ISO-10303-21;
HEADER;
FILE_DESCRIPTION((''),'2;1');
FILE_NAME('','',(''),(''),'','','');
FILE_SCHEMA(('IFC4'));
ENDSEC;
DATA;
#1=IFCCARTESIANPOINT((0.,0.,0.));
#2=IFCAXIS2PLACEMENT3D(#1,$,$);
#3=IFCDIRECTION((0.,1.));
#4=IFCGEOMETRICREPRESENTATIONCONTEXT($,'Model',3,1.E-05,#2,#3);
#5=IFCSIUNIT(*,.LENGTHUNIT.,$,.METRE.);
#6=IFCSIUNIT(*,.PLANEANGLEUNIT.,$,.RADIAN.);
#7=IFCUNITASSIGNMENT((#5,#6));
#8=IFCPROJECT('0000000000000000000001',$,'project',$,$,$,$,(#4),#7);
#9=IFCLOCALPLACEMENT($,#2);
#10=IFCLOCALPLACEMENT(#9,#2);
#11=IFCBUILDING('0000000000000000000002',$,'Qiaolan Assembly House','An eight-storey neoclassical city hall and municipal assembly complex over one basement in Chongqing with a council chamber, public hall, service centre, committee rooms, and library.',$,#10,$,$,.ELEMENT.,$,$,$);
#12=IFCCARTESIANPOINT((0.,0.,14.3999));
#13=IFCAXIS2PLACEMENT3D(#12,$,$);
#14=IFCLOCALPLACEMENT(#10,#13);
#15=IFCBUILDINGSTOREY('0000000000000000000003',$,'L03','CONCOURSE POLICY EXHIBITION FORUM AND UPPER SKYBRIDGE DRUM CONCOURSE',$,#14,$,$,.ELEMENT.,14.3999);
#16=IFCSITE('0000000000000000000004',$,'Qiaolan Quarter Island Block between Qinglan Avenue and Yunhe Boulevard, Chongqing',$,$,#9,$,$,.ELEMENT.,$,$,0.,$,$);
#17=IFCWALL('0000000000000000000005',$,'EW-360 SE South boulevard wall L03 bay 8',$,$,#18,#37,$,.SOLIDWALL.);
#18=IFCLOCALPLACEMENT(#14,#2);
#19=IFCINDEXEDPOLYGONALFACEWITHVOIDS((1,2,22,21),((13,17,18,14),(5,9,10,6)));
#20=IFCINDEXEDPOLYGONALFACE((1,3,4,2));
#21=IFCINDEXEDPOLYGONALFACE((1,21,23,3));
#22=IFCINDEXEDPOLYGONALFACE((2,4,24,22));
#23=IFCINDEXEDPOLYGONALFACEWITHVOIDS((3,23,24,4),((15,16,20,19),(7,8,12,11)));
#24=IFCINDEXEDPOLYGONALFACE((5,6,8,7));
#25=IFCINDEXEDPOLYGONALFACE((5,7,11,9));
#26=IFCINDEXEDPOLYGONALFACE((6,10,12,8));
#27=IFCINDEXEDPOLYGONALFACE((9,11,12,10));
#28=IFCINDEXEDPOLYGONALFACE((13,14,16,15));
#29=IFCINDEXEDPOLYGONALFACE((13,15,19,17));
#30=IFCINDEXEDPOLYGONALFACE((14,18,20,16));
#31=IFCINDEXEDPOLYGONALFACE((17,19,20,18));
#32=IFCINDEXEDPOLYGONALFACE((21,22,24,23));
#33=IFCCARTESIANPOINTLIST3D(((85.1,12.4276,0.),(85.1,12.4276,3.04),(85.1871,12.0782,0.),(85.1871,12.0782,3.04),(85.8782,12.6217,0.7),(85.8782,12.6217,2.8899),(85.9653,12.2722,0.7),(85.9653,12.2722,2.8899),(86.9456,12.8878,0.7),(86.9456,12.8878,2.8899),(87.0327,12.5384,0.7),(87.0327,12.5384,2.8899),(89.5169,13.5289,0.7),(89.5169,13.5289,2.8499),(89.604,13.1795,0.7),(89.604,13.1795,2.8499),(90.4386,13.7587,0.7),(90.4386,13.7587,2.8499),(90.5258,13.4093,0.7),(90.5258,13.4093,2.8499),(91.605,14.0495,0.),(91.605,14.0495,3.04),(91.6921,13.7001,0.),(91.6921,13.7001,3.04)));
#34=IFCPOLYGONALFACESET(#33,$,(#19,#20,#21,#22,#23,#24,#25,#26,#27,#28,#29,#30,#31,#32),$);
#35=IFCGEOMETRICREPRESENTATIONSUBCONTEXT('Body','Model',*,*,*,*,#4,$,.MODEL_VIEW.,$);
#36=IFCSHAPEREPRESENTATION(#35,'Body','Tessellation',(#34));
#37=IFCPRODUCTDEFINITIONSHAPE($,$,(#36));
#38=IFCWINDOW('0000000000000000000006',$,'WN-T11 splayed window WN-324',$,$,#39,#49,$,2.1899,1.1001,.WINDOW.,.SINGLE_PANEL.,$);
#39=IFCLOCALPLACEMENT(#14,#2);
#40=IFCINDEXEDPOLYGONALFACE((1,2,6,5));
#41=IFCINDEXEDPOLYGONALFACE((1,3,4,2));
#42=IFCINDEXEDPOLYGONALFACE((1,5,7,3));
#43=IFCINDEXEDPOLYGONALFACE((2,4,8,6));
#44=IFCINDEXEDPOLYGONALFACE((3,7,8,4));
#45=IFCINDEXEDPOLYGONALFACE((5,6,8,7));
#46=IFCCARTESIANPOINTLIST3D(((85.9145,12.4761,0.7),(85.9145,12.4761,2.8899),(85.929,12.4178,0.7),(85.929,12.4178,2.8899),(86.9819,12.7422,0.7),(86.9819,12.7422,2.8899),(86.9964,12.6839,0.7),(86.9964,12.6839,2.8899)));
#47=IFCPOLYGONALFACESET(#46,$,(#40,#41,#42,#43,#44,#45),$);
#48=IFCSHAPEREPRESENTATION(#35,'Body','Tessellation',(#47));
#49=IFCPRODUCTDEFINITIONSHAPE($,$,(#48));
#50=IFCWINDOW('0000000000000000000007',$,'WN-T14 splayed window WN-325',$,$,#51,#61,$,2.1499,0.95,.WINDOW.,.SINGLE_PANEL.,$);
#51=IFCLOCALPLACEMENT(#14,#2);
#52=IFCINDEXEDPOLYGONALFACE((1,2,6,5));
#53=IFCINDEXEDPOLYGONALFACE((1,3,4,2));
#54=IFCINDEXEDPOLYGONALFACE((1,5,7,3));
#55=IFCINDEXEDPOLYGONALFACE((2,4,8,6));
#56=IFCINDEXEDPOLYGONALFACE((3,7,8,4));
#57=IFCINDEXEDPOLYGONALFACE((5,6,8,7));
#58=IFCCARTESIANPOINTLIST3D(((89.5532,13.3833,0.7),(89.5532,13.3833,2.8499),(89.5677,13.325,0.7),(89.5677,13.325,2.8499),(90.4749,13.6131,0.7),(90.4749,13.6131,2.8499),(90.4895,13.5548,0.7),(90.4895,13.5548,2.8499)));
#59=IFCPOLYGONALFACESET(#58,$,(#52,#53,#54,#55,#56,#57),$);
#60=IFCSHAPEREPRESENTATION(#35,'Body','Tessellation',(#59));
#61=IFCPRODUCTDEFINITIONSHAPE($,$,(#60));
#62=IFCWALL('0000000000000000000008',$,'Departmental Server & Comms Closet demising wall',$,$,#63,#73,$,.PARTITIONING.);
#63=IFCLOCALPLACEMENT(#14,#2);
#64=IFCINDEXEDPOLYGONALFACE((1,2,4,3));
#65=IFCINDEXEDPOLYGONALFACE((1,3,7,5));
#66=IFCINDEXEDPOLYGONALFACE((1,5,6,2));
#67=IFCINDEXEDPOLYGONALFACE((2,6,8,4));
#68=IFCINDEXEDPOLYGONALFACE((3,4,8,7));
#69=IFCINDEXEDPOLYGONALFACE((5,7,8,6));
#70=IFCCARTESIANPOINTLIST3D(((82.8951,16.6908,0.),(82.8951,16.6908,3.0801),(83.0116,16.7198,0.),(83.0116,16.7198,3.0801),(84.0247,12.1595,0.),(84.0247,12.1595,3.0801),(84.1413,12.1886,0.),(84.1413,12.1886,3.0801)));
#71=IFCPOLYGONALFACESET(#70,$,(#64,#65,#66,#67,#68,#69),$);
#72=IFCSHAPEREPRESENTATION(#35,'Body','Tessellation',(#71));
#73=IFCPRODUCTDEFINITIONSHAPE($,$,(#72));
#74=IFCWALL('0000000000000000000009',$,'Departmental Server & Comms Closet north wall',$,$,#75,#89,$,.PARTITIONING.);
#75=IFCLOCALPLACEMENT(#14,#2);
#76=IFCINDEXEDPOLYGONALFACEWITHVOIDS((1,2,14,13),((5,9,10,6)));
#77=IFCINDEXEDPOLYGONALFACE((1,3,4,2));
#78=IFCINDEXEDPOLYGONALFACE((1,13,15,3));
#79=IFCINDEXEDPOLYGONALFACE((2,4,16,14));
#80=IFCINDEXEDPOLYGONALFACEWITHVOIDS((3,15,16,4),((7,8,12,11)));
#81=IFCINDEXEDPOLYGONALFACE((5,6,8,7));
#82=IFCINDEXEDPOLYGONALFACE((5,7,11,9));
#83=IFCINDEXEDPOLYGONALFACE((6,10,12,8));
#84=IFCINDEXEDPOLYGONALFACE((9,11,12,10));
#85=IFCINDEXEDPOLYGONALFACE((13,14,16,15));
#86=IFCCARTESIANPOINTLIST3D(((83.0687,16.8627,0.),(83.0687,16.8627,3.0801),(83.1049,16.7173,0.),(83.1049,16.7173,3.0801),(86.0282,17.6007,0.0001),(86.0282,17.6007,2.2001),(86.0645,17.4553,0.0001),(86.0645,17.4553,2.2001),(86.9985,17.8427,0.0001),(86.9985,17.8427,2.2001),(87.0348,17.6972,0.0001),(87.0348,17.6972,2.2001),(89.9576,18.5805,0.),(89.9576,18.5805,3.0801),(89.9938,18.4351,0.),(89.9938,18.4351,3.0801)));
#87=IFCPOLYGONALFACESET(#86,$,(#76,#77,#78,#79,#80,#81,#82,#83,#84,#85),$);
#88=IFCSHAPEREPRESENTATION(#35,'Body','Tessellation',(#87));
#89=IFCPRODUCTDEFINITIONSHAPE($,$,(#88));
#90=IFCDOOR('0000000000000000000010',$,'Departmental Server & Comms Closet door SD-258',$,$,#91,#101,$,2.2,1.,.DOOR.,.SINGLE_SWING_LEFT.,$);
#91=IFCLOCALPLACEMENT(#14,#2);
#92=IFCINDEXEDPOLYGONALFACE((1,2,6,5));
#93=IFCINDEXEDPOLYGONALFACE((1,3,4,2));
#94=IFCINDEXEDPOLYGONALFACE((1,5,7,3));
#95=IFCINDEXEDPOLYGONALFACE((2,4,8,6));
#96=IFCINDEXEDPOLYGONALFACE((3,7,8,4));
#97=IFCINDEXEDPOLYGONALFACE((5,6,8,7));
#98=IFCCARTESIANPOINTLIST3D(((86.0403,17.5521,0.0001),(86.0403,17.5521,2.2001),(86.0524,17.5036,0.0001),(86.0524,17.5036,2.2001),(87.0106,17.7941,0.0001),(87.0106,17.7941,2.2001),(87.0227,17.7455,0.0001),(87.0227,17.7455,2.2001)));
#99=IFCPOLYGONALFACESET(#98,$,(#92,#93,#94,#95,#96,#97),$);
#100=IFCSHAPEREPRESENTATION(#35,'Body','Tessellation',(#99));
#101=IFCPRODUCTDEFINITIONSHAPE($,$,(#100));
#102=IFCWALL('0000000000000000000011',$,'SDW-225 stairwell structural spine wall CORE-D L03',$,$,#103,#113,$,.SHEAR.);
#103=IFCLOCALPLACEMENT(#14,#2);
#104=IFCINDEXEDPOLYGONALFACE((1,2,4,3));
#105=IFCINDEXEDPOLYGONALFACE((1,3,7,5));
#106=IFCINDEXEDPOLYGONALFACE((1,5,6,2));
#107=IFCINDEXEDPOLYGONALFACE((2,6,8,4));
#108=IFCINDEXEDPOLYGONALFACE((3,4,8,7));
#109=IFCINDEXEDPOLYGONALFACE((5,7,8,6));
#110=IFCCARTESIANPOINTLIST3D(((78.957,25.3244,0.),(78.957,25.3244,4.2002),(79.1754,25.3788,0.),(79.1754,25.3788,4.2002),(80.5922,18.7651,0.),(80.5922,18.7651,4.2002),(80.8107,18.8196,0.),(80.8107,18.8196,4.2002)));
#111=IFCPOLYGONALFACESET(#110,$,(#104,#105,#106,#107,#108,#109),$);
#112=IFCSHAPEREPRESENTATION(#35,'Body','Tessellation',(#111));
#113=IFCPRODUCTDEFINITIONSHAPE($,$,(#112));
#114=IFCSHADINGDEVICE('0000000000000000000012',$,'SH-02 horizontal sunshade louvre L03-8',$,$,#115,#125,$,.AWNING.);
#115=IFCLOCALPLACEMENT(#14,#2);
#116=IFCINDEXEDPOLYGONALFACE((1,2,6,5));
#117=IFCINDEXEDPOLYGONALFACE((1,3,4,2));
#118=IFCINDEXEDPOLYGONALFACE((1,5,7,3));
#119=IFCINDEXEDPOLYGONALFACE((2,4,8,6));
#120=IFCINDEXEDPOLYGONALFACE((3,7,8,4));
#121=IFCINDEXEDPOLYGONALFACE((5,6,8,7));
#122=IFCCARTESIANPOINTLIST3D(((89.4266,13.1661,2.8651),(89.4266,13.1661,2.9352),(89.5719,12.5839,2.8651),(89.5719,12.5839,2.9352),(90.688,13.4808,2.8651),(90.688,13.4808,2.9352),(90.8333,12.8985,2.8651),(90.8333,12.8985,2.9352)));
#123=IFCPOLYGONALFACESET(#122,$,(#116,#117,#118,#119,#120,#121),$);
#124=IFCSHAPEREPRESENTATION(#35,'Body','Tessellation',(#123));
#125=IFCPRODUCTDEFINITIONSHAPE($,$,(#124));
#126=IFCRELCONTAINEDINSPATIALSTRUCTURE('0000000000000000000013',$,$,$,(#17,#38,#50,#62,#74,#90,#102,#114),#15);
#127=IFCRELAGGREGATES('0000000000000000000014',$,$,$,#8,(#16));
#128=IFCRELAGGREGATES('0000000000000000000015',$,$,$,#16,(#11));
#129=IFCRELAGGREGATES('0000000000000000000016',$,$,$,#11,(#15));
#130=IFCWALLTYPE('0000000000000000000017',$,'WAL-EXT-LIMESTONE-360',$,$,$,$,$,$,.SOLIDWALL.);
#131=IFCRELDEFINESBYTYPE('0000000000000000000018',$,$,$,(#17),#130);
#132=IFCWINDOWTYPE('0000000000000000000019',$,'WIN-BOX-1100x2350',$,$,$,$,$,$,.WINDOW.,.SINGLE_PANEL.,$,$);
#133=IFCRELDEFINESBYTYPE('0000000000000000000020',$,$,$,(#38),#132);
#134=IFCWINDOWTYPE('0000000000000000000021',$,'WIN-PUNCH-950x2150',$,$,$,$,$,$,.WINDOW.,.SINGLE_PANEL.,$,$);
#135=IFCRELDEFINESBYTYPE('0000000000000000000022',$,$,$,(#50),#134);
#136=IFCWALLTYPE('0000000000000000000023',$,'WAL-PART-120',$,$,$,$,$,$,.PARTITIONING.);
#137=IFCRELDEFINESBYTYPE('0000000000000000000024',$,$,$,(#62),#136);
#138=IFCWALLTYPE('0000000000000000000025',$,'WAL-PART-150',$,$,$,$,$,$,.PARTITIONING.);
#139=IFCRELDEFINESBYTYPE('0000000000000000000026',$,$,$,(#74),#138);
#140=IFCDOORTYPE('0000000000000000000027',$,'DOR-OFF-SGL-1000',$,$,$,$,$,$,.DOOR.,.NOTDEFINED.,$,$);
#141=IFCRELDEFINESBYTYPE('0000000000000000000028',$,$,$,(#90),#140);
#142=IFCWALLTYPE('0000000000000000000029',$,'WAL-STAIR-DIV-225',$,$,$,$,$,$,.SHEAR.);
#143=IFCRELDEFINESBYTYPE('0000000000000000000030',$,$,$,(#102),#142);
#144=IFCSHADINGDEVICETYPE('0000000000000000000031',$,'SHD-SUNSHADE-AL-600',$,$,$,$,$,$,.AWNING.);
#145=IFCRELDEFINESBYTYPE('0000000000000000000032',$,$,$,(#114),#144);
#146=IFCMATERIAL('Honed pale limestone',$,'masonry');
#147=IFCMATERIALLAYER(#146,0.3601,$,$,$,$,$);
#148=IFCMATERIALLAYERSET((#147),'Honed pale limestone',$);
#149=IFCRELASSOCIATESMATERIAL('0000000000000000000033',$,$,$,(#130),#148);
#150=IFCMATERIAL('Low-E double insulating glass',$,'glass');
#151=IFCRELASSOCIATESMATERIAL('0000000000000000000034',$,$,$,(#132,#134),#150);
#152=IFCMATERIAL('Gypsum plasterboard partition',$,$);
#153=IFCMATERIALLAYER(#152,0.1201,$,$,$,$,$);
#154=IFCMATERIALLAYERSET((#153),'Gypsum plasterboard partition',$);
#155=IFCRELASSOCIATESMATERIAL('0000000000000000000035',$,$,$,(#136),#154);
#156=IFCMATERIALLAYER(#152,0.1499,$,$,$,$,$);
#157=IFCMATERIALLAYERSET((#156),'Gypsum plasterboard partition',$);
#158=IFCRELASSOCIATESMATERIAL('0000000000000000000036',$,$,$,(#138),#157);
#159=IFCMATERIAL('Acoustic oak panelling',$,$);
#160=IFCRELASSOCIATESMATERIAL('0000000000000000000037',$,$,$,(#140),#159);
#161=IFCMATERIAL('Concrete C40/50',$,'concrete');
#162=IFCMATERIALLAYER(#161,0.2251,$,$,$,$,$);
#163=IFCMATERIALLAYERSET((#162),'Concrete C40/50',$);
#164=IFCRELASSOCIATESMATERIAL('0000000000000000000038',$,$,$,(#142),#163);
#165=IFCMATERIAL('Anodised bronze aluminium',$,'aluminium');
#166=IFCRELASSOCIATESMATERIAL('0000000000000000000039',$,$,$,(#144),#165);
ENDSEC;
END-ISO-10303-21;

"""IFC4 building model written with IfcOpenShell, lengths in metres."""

from ifc_helpers import new_model, si_unit, direction, frame, frame_2d, origin, origin_2d, place, context, subcontext, project, spatial, rectangle, extrude, material, layer, layer_set, material_profile, profile_set, type_object, element, fill, save


model = new_model("IFC4")

# Units and contexts
model_context = context("Model", 3, precision=1e-05, world=origin(), true_north=direction((0.0, 1.0)))
body_context = subcontext(model_context, "Body", "Model", "MODEL_VIEW")
ifc_project = project(units=[si_unit("LENGTHUNIT", "METRE"), si_unit("PLANEANGLEUNIT", "RADIAN")], contexts=[model_context])

# Site, building, storey
site_placement = place(None, origin())
site = spatial("IfcSite", under=ifc_project, at=site_placement, Name="Qiaolan Quarter Island Block between Qinglan Avenue and Yunhe Boulevard, Chongqing", CompositionType="ELEMENT", RefElevation=0.0)
building_placement = place(site_placement, origin())
building = spatial("IfcBuilding", under=site, at=building_placement, Name="Qiaolan Assembly House", Description="An eight-storey neoclassical city hall and municipal assembly complex over one basement in Chongqing with a council chamber, public hall, service centre, committee rooms, and library.", CompositionType="ELEMENT")
storey_placement = place(building_placement, frame((0.0, 0.0, 14.3999)))
storey = spatial("IfcBuildingStorey", under=building, at=storey_placement, Name="L03", Description="CONCOURSE POLICY EXHIBITION FORUM AND UPPER SKYBRIDGE DRUM CONCOURSE", CompositionType="ELEMENT", Elevation=14.3999)

# Shared definitions
ifc_material_1 = material(Name="Concrete C40/50", Category="concrete")

# Shared definitions
ifc_material_2 = material(Name="Honed pale limestone", Category="masonry")

# Wall, openings, windows
ifc_layer_1 = layer(ifc_material_2, 0.3601)
ifc_layer_set_1 = layer_set([ifc_layer_1], Name="Honed pale limestone")
wall_type_1 = type_object("IfcWallType", Name="WAL-EXT-LIMESTONE-360", PredefinedType="SOLIDWALL", material=ifc_layer_set_1)
wall_1_placement = place(storey_placement, frame((85.1436, 12.2529, 0.0), z_axis=(0.0, 0.0, 1.0), x_axis=(0.970297, 0.241919, 0.0)))
wall_1 = element("IfcWall", 1, at=wall_1_placement, inside=storey, type_object=wall_type_1, Name="EW-360 SE South boulevard wall L03 bay 8", PredefinedType="SOLIDWALL", context=body_context, shape_type="SweptSolid", body=[
    extrude(rectangle(XDim=6.7041, YDim=0.3601, at=frame_2d((3.3521, 0.0))), origin(), (0.0, 0.0, 1.0), 3.04),
])
opening_1_placement = place(wall_1_placement, frame((0.802, 0.0, 0.7)))
opening_1 = element("IfcOpeningElement", 2, at=opening_1_placement, cuts=wall_1, PredefinedType="OPENING", context=body_context, shape_type="SweptSolid", body=[
    extrude(rectangle(XDim=1.1001, YDim=2.1899, at=frame_2d((0.55, 1.095))), frame((0.0, 0.1899, 0.0), z_axis=(0.0, -1.0, 0.0), x_axis=(1.0, 0.0, 0.0)), (0.0, 0.0, 1.0), 0.3801),
])
opening_2_placement = place(wall_1_placement, frame((4.552, 0.0, 0.7)))
opening_2 = element("IfcOpeningElement", 3, at=opening_2_placement, cuts=wall_1, PredefinedType="OPENING", context=body_context, shape_type="SweptSolid", body=[
    extrude(rectangle(XDim=0.95, YDim=2.1499, at=frame_2d((0.4751, 1.075))), frame((0.0, 0.1899, 0.0), z_axis=(0.0, -1.0, 0.0), x_axis=(1.0, 0.0, 0.0)), (0.0, 0.0, 1.0), 0.3801),
])
ifc_material_3 = material(Name="Low-E double insulating glass", Category="glass")
window_type_1 = type_object("IfcWindowType", Name="WIN-BOX-1100x2350", PartitioningType="SINGLE_PANEL", PredefinedType="WINDOW", material=ifc_material_3)
window_1_placement = place(opening_1_placement, origin())
window_1 = element("IfcWindow", 4, at=window_1_placement, inside=storey, type_object=window_type_1, Name="WN-T11 splayed window WN-324", OverallHeight=2.1899, OverallWidth=1.1001, PartitioningType="SINGLE_PANEL", PredefinedType="WINDOW", context=body_context, shape_type="SweptSolid", body=[
    extrude(rectangle(XDim=1.1001, YDim=2.1899, at=frame_2d((0.55, 1.095))), frame((0.0, 0.03, 0.0), z_axis=(0.0, -1.0, 0.0), x_axis=(1.0, 0.0, 0.0)), (0.0, 0.0, 1.0), 0.0601),
])
fill(opening_1, window_1)
window_type_2 = type_object("IfcWindowType", Name="WIN-PUNCH-950x2150", PartitioningType="SINGLE_PANEL", PredefinedType="WINDOW", material=ifc_material_3)
window_2_placement = place(opening_2_placement, origin())
window_2 = element("IfcWindow", 5, at=window_2_placement, inside=storey, type_object=window_type_2, Name="WN-T14 splayed window WN-325", OverallHeight=2.1499, OverallWidth=0.95, PartitioningType="SINGLE_PANEL", PredefinedType="WINDOW", context=body_context, shape_type="SweptSolid", body=[
    extrude(rectangle(XDim=0.95, YDim=2.1499, at=frame_2d((0.4751, 1.075))), frame((0.0, 0.03, 0.0), z_axis=(0.0, -1.0, 0.0), x_axis=(1.0, 0.0, 0.0)), (0.0, 0.0, 1.0), 0.0601),
])
fill(opening_2, window_2)

# Wall
ifc_material_4 = material(Name="Gypsum plasterboard partition")
ifc_layer_2 = layer(ifc_material_4, 0.1201)
ifc_layer_set_2 = layer_set([ifc_layer_2], Name="Gypsum plasterboard partition")
wall_type_2 = type_object("IfcWallType", Name="WAL-PART-120", PredefinedType="PARTITIONING", material=ifc_layer_set_2)
wall_2_placement = place(storey_placement, frame((84.083, 12.1741, 0.0), z_axis=(0.0, 0.0, 1.0), x_axis=(-0.241896, 0.970302, 0.0)))
element("IfcWall", 6, at=wall_2_placement, inside=storey, type_object=wall_type_2, Name="Departmental Server & Comms Closet demising wall", PredefinedType="PARTITIONING", context=body_context, shape_type="SweptSolid", body=[
    extrude(rectangle(XDim=4.6699, YDim=0.1201, at=frame_2d((2.335, 0.0))), origin(), (0.0, 0.0, 1.0), 3.0801),
])

# Wall, opening, door
ifc_layer_3 = layer(ifc_material_4, 0.1499)
ifc_layer_set_3 = layer_set([ifc_layer_3], Name="Gypsum plasterboard partition")
wall_type_3 = type_object("IfcWallType", Name="WAL-PART-150", PredefinedType="PARTITIONING", material=ifc_layer_set_3)
wall_3_placement = place(storey_placement, frame((83.0869, 16.79, 0.0), z_axis=(0.0, 0.0, 1.0), x_axis=(0.97029, 0.241945, 0.0)))
wall_3 = element("IfcWall", 7, at=wall_3_placement, inside=storey, type_object=wall_type_3, Name="Departmental Server & Comms Closet north wall", PredefinedType="PARTITIONING", context=body_context, shape_type="SweptSolid", body=[
    extrude(rectangle(XDim=7.0999, YDim=0.1499, at=frame_2d((3.5498, 0.0))), origin(), (0.0, 0.0, 1.0), 3.0801),
])
opening_3_placement = place(wall_3_placement, frame((3.05, 0.0, 0.0)))
opening_3 = element("IfcOpeningElement", 8, at=opening_3_placement, cuts=wall_3, PredefinedType="OPENING", context=body_context, shape_type="SweptSolid", body=[
    extrude(rectangle(XDim=1.0, YDim=2.2, at=frame_2d((0.5, 1.1001))), frame((0.0, 0.085, 0.0), z_axis=(0.0, -1.0, 0.0), x_axis=(1.0, 0.0, 0.0)), (0.0, 0.0, 1.0), 0.1699),
])
ifc_material_5 = material(Name="Acoustic oak panelling")
door_type = type_object("IfcDoorType", Name="DOR-OFF-SGL-1000", OperationType="NOTDEFINED", PredefinedType="DOOR", material=ifc_material_5)
door_placement = place(opening_3_placement, origin())
door = element("IfcDoor", 9, at=door_placement, inside=storey, type_object=door_type, Name="Departmental Server & Comms Closet door SD-258", OperationType="SINGLE_SWING_LEFT", OverallHeight=2.2, OverallWidth=1.0, PredefinedType="DOOR", context=body_context, shape_type="SweptSolid", body=[
    extrude(rectangle(XDim=1.0, YDim=2.2, at=frame_2d((0.5, 1.1001))), frame((0.0, 0.0249, 0.0), z_axis=(0.0, -1.0, 0.0), x_axis=(1.0, 0.0, 0.0)), (0.0, 0.0, 1.0), 0.05),
])
fill(opening_3, door)

# Wall
ifc_layer_4 = layer(ifc_material_1, 0.2251)
ifc_layer_set_4 = layer_set([ifc_layer_4], Name="Concrete C40/50")
wall_type_4 = type_object("IfcWallType", Name="WAL-STAIR-DIV-225", PredefinedType="SHEAR", material=ifc_layer_set_4)
wall_4_placement = place(storey_placement, frame((80.7014, 18.7925, 0.0), z_axis=(0.0, 0.0, 1.0), x_axis=(-0.241898, 0.970302, 0.0)))
element("IfcWall", 10, at=wall_4_placement, inside=storey, type_object=wall_type_4, Name="SDW-225 stairwell structural spine wall CORE-D L03", PredefinedType="SHEAR", context=body_context, shape_type="SweptSolid", body=[
    extrude(rectangle(XDim=6.76, YDim=0.2251, at=frame_2d((3.3799, 0.0))), origin(), (0.0, 0.0, 1.0), 4.2002),
])

# Shading device
ifc_material_6 = material(Name="Anodised bronze aluminium", Category="aluminium")
ifc_material_profile_1 = material_profile(ifc_material_6, rectangle(XDim=0.6001, YDim=0.0701, at=origin_2d()), Name="SHD 600x70")
ifc_profile_set_1 = profile_set([ifc_material_profile_1], Name="Anodised bronze aluminium")
shading_device_type = type_object("IfcShadingDeviceType", Name="SHD-SUNSHADE-AL-600", PredefinedType="AWNING", material=ifc_profile_set_1)
shading_device_placement = place(storey_placement, frame((89.4993, 12.875, 2.9001), z_axis=(0.970264, 0.24205, 0.0), x_axis=(-0.24205, 0.970264, 0.0)))
element("IfcShadingDevice", 11, at=shading_device_placement, inside=storey, type_object=shading_device_type, Name="SH-02 horizontal sunshade louvre L03-8", PredefinedType="AWNING", context=body_context, shape_type="SweptSolid", body=[
    extrude(rectangle(XDim=0.6001, YDim=0.0701, at=origin_2d()), origin(), (0.0, 0.0, 1.0), 1.3),
])

save(model, "model.ifc")
